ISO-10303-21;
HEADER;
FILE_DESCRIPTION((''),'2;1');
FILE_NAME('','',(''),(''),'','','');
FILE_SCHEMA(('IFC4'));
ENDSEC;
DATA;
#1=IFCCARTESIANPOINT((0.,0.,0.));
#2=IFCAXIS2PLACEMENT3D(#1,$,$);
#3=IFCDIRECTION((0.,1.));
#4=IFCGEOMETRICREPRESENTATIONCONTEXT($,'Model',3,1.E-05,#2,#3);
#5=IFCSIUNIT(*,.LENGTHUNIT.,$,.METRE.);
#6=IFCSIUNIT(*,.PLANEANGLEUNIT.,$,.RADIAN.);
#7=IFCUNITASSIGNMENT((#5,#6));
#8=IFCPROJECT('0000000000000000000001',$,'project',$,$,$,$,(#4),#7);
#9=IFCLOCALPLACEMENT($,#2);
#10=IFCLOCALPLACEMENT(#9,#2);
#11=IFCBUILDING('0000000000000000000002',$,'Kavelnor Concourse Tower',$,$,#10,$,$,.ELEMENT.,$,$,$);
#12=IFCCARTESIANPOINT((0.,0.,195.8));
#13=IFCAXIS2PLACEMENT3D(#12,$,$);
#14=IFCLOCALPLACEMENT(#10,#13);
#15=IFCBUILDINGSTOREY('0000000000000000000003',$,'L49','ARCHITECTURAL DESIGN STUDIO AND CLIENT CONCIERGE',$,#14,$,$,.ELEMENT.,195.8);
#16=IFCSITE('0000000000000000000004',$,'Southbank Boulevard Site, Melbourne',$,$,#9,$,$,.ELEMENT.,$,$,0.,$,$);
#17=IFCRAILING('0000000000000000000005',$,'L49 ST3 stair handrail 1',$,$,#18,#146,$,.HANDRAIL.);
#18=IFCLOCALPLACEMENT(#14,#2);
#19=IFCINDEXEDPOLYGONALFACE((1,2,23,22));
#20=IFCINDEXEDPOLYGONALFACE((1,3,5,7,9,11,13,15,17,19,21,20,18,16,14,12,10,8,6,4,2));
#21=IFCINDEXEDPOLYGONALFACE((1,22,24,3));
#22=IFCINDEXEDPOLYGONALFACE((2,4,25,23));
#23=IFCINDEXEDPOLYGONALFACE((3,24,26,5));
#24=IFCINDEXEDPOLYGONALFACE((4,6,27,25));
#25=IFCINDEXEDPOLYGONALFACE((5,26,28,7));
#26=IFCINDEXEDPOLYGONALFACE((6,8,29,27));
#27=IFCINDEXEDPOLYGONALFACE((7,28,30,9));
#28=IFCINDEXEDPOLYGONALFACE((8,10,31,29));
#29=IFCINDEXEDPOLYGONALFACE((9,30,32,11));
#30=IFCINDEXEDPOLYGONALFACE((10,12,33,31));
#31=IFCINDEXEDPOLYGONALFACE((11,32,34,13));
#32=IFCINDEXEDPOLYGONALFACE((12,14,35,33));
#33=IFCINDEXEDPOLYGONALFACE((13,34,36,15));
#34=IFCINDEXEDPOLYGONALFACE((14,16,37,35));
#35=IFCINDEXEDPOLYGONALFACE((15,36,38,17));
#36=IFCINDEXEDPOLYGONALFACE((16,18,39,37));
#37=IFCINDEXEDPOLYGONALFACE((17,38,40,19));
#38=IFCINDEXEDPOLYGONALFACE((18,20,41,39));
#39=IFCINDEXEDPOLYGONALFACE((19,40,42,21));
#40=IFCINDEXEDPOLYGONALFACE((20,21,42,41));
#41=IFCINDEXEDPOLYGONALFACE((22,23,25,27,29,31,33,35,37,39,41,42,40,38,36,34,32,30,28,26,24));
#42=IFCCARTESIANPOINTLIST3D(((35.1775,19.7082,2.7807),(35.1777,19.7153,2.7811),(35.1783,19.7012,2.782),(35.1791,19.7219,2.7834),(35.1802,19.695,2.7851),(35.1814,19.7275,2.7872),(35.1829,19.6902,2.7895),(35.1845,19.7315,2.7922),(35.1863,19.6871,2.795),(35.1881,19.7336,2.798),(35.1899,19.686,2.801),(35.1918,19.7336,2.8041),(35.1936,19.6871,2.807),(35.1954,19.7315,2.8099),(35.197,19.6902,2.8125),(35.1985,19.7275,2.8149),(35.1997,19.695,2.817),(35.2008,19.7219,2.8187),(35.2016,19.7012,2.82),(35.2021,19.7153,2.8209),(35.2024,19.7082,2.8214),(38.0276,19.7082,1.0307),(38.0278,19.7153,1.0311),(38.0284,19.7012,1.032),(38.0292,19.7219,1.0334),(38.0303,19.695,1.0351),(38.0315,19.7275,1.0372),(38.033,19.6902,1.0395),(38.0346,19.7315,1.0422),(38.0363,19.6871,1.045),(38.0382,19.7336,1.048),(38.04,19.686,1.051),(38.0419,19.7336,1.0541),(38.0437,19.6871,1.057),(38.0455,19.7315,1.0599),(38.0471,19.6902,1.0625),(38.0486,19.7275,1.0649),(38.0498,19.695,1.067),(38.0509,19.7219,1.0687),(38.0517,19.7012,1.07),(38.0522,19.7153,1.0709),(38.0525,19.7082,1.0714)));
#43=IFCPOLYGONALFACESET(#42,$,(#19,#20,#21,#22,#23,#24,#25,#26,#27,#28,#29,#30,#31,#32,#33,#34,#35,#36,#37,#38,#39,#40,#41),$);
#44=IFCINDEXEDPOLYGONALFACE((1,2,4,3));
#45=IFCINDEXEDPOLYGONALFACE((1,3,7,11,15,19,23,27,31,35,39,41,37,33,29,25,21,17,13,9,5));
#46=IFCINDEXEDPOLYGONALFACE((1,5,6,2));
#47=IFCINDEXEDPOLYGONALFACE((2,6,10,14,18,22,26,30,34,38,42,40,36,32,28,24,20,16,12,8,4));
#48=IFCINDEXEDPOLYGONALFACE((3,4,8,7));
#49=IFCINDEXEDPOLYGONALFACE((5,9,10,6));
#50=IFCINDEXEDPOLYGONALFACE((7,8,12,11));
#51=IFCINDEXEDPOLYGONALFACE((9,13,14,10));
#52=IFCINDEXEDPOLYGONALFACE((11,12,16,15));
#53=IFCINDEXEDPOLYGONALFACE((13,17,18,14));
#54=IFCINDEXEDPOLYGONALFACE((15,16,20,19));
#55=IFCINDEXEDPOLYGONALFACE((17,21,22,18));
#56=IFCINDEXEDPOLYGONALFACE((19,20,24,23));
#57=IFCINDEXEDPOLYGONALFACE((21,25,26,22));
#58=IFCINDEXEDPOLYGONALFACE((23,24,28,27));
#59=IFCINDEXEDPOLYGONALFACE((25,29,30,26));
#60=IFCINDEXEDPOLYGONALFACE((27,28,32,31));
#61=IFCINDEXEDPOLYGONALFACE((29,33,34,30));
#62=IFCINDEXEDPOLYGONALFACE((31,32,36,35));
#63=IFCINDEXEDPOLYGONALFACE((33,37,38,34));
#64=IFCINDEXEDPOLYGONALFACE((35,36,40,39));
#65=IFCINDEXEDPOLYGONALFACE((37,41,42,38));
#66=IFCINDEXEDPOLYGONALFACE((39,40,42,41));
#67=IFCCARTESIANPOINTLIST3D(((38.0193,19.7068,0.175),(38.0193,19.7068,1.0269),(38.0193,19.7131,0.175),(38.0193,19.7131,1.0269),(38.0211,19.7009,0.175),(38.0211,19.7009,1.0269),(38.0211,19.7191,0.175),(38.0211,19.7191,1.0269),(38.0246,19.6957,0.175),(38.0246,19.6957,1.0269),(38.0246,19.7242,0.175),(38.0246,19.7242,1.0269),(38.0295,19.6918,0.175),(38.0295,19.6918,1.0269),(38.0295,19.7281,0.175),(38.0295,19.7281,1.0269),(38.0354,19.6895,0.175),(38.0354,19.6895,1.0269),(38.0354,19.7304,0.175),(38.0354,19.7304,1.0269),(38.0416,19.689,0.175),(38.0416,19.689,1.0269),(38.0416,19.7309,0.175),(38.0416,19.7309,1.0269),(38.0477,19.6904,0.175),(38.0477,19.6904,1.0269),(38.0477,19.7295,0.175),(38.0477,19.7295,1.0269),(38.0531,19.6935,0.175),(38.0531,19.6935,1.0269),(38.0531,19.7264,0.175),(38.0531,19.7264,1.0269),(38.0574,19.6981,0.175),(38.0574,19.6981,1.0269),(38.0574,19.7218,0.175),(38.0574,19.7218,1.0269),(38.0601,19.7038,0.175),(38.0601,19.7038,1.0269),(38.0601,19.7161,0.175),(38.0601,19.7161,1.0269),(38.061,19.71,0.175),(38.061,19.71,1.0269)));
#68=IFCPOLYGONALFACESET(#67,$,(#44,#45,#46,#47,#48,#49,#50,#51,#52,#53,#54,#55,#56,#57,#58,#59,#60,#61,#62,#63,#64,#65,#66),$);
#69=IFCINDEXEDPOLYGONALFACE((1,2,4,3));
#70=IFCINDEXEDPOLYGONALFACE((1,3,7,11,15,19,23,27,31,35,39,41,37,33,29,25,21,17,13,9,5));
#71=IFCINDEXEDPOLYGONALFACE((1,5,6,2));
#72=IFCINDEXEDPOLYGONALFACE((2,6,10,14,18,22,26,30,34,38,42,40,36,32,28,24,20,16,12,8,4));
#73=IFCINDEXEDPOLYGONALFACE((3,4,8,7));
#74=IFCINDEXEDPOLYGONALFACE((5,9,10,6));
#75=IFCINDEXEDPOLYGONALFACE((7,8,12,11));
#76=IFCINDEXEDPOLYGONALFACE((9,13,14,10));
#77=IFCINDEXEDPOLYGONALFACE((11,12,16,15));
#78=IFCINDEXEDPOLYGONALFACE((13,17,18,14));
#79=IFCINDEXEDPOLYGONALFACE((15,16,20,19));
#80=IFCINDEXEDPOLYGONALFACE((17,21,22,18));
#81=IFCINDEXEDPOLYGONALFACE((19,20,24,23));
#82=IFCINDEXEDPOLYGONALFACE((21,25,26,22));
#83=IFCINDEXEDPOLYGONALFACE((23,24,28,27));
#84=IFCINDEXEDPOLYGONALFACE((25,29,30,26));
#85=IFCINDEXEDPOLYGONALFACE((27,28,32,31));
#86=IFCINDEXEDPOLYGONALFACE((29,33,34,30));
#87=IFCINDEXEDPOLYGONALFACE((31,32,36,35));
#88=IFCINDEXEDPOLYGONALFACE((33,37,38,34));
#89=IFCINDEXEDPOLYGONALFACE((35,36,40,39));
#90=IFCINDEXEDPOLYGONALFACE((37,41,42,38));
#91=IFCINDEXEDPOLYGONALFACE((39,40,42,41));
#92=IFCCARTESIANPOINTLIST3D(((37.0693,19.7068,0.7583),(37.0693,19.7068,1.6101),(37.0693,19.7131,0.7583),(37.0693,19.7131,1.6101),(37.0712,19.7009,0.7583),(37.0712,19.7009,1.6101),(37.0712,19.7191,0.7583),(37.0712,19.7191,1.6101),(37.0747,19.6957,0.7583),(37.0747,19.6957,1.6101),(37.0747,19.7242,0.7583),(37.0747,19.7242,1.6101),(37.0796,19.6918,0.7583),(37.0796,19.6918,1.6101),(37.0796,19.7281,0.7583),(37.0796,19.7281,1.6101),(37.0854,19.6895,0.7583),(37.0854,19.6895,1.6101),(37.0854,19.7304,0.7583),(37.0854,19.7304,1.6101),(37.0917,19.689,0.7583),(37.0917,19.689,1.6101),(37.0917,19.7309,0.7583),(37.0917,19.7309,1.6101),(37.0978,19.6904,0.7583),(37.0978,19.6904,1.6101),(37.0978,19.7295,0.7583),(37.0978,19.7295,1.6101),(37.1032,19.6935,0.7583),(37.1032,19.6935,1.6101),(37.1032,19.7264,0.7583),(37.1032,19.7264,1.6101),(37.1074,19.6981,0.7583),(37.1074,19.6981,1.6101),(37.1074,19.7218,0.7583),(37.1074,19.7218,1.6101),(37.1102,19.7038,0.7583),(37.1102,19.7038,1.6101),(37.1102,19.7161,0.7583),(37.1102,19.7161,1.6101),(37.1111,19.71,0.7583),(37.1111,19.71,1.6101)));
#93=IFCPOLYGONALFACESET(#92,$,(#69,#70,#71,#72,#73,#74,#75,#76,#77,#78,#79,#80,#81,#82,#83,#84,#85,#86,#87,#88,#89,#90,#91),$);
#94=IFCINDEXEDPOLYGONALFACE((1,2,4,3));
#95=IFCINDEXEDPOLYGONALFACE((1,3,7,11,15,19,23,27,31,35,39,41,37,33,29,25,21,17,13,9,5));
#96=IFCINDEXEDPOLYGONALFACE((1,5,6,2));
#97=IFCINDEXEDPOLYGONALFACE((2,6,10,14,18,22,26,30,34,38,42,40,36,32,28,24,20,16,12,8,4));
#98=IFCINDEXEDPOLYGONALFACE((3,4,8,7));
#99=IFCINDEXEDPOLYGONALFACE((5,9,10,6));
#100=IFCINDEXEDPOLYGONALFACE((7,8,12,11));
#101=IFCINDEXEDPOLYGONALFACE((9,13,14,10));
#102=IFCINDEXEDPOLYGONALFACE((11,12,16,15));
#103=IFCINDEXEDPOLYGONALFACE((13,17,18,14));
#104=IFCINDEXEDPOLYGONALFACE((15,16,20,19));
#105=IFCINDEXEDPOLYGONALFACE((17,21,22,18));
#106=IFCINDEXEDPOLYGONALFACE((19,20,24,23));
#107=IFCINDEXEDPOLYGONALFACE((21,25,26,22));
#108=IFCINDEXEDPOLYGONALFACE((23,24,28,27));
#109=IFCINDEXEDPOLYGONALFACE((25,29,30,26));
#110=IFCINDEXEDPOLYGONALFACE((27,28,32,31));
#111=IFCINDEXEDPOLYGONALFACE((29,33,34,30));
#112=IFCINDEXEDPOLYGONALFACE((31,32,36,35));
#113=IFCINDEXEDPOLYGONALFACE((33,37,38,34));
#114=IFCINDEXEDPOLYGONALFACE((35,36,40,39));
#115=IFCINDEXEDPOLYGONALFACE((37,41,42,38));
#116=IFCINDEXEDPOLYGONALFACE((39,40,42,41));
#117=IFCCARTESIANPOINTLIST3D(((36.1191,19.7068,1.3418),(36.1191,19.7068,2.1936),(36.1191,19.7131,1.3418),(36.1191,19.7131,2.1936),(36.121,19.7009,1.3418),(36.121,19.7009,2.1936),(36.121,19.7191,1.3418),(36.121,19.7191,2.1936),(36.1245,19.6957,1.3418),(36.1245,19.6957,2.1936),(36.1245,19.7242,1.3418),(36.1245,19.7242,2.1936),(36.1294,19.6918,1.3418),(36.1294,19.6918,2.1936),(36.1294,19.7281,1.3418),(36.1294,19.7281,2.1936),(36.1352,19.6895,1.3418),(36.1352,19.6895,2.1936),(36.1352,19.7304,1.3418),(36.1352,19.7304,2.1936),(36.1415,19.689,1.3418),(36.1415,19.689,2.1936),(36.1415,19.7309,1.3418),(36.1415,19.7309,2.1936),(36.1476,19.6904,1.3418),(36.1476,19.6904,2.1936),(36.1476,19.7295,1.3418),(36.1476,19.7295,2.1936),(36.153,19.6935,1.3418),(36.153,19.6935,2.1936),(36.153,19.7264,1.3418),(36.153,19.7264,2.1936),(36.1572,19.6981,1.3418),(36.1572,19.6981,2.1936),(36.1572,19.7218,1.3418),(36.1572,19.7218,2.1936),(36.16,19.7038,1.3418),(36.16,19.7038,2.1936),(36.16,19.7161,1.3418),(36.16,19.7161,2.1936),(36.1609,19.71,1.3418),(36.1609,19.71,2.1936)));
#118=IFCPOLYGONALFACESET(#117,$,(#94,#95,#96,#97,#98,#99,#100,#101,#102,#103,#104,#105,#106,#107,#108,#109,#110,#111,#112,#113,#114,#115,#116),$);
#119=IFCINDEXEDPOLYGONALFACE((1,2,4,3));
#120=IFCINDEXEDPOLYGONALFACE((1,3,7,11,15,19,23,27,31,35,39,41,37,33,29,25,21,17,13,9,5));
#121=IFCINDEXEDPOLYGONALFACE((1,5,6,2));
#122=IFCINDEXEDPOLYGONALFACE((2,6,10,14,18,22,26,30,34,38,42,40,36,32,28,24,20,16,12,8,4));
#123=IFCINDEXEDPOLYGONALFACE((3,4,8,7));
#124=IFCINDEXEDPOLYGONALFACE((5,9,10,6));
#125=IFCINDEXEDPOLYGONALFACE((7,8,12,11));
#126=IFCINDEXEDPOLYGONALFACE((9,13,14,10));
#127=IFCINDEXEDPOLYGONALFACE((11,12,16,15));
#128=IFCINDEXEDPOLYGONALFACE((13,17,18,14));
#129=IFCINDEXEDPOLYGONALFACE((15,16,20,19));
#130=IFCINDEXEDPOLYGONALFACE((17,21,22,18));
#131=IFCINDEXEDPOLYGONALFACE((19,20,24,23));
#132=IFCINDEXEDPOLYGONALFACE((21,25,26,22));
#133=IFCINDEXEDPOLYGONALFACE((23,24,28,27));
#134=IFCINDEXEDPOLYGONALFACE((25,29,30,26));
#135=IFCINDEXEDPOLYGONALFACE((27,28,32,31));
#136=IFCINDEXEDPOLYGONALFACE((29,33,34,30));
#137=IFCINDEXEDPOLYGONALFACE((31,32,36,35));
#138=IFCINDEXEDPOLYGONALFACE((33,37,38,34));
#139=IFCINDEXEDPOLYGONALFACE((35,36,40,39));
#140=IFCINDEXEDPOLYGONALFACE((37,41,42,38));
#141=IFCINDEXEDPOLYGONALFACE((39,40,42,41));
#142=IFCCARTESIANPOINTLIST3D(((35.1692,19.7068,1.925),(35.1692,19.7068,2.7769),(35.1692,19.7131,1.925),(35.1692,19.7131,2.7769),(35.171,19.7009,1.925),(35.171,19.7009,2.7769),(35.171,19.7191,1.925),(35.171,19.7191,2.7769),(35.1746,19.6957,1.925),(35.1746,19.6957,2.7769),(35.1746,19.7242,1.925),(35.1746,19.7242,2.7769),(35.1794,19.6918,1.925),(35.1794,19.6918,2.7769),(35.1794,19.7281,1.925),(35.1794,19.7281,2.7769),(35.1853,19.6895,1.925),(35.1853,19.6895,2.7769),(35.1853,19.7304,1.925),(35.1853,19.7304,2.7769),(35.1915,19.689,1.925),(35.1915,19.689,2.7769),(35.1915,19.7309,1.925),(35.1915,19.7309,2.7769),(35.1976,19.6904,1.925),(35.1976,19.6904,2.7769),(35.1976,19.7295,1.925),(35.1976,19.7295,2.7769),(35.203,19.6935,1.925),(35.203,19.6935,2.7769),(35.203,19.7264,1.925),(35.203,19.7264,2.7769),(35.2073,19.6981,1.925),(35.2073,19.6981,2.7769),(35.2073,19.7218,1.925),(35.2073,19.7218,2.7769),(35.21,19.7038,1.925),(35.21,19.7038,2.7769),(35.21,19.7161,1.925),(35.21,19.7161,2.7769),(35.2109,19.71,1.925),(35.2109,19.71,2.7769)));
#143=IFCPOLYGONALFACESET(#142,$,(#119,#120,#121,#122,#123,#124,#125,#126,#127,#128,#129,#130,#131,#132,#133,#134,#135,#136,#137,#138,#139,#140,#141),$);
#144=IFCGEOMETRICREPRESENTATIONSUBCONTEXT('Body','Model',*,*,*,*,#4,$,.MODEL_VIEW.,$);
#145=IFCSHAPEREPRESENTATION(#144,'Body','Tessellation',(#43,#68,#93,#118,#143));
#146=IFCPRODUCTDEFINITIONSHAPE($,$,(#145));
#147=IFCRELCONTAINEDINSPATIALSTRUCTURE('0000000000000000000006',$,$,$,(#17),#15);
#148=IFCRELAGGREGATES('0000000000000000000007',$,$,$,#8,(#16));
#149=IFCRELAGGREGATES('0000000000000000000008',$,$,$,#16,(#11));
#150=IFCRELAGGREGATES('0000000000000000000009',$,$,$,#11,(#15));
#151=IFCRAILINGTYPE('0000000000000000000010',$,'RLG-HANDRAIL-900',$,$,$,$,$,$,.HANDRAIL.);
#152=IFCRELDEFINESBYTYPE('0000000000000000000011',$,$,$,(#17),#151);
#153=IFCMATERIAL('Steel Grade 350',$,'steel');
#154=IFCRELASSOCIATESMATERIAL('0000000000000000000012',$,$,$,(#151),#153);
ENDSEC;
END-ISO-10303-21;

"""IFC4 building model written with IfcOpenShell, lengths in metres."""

from ifc_helpers import new_model, si_unit, direction, frame, origin, origin_2d, place, context, subcontext, project, spatial, circle, extrude, material, type_object, element, save


model = new_model("IFC4")

# Units and contexts
model_context = context("Model", 3, precision=1e-05, world=origin(), true_north=direction((0.0, 1.0)))
body_context = subcontext(model_context, "Body", "Model", "MODEL_VIEW")
ifc_project = project(units=[si_unit("LENGTHUNIT", "METRE"), si_unit("PLANEANGLEUNIT", "RADIAN")], contexts=[model_context])

# Site, building, storey
site_placement = place(None, origin())
site = spatial("IfcSite", under=ifc_project, at=site_placement, Name="Southbank Boulevard Site, Melbourne", CompositionType="ELEMENT", RefElevation=0.0)
building_placement = place(site_placement, origin())
building = spatial("IfcBuilding", under=site, at=building_placement, Name="Kavelnor Concourse Tower", CompositionType="ELEMENT")
storey_placement = place(building_placement, frame((0.0, 0.0, 195.8)))
storey = spatial("IfcBuildingStorey", under=building, at=storey_placement, Name="L49", Description="ARCHITECTURAL DESIGN STUDIO AND CLIENT CONCIERGE", CompositionType="ELEMENT", Elevation=195.8)

# Shared definitions
ifc_material_1 = material(Name="Steel Grade 350", Category="steel")

# Railing
railing_type_1 = type_object("IfcRailingType", Name="RLG-HANDRAIL-900", PredefinedType="HANDRAIL", material=ifc_material_1)
railing_1_placement = place(storey_placement, frame((38.04, 19.71, 0.175)))
element("IfcRailing", 1, at=railing_1_placement, inside=storey, type_object=railing_type_1, Name="L49 ST3 stair handrail 1", PredefinedType="HANDRAIL", context=body_context, shape_type="SweptSolid", body=[
    extrude(circle(Radius=0.0239, at=origin_2d()), frame((0.0, 0.0, 0.876), z_axis=(-0.852179, 0.0, 0.52325), x_axis=(0.0, -1.0, 0.0)), (0.0, 0.0, 1.0), 3.3445),
    extrude(circle(Radius=0.021, at=origin_2d()), origin(), (0.0, 0.0, 1.0), 0.8518),
    extrude(circle(Radius=0.021, at=origin_2d()), frame((-0.95, 0.0, 0.5833)), (0.0, 0.0, 1.0), 0.8518),
    extrude(circle(Radius=0.021, at=origin_2d()), frame((-1.9001, 0.0, 1.1667)), (0.0, 0.0, 1.0), 0.8518),
    extrude(circle(Radius=0.021, at=origin_2d()), frame((-2.8501, 0.0, 1.75)), (0.0, 0.0, 1.0), 0.8518),
])

save(model, "model.ifc")
